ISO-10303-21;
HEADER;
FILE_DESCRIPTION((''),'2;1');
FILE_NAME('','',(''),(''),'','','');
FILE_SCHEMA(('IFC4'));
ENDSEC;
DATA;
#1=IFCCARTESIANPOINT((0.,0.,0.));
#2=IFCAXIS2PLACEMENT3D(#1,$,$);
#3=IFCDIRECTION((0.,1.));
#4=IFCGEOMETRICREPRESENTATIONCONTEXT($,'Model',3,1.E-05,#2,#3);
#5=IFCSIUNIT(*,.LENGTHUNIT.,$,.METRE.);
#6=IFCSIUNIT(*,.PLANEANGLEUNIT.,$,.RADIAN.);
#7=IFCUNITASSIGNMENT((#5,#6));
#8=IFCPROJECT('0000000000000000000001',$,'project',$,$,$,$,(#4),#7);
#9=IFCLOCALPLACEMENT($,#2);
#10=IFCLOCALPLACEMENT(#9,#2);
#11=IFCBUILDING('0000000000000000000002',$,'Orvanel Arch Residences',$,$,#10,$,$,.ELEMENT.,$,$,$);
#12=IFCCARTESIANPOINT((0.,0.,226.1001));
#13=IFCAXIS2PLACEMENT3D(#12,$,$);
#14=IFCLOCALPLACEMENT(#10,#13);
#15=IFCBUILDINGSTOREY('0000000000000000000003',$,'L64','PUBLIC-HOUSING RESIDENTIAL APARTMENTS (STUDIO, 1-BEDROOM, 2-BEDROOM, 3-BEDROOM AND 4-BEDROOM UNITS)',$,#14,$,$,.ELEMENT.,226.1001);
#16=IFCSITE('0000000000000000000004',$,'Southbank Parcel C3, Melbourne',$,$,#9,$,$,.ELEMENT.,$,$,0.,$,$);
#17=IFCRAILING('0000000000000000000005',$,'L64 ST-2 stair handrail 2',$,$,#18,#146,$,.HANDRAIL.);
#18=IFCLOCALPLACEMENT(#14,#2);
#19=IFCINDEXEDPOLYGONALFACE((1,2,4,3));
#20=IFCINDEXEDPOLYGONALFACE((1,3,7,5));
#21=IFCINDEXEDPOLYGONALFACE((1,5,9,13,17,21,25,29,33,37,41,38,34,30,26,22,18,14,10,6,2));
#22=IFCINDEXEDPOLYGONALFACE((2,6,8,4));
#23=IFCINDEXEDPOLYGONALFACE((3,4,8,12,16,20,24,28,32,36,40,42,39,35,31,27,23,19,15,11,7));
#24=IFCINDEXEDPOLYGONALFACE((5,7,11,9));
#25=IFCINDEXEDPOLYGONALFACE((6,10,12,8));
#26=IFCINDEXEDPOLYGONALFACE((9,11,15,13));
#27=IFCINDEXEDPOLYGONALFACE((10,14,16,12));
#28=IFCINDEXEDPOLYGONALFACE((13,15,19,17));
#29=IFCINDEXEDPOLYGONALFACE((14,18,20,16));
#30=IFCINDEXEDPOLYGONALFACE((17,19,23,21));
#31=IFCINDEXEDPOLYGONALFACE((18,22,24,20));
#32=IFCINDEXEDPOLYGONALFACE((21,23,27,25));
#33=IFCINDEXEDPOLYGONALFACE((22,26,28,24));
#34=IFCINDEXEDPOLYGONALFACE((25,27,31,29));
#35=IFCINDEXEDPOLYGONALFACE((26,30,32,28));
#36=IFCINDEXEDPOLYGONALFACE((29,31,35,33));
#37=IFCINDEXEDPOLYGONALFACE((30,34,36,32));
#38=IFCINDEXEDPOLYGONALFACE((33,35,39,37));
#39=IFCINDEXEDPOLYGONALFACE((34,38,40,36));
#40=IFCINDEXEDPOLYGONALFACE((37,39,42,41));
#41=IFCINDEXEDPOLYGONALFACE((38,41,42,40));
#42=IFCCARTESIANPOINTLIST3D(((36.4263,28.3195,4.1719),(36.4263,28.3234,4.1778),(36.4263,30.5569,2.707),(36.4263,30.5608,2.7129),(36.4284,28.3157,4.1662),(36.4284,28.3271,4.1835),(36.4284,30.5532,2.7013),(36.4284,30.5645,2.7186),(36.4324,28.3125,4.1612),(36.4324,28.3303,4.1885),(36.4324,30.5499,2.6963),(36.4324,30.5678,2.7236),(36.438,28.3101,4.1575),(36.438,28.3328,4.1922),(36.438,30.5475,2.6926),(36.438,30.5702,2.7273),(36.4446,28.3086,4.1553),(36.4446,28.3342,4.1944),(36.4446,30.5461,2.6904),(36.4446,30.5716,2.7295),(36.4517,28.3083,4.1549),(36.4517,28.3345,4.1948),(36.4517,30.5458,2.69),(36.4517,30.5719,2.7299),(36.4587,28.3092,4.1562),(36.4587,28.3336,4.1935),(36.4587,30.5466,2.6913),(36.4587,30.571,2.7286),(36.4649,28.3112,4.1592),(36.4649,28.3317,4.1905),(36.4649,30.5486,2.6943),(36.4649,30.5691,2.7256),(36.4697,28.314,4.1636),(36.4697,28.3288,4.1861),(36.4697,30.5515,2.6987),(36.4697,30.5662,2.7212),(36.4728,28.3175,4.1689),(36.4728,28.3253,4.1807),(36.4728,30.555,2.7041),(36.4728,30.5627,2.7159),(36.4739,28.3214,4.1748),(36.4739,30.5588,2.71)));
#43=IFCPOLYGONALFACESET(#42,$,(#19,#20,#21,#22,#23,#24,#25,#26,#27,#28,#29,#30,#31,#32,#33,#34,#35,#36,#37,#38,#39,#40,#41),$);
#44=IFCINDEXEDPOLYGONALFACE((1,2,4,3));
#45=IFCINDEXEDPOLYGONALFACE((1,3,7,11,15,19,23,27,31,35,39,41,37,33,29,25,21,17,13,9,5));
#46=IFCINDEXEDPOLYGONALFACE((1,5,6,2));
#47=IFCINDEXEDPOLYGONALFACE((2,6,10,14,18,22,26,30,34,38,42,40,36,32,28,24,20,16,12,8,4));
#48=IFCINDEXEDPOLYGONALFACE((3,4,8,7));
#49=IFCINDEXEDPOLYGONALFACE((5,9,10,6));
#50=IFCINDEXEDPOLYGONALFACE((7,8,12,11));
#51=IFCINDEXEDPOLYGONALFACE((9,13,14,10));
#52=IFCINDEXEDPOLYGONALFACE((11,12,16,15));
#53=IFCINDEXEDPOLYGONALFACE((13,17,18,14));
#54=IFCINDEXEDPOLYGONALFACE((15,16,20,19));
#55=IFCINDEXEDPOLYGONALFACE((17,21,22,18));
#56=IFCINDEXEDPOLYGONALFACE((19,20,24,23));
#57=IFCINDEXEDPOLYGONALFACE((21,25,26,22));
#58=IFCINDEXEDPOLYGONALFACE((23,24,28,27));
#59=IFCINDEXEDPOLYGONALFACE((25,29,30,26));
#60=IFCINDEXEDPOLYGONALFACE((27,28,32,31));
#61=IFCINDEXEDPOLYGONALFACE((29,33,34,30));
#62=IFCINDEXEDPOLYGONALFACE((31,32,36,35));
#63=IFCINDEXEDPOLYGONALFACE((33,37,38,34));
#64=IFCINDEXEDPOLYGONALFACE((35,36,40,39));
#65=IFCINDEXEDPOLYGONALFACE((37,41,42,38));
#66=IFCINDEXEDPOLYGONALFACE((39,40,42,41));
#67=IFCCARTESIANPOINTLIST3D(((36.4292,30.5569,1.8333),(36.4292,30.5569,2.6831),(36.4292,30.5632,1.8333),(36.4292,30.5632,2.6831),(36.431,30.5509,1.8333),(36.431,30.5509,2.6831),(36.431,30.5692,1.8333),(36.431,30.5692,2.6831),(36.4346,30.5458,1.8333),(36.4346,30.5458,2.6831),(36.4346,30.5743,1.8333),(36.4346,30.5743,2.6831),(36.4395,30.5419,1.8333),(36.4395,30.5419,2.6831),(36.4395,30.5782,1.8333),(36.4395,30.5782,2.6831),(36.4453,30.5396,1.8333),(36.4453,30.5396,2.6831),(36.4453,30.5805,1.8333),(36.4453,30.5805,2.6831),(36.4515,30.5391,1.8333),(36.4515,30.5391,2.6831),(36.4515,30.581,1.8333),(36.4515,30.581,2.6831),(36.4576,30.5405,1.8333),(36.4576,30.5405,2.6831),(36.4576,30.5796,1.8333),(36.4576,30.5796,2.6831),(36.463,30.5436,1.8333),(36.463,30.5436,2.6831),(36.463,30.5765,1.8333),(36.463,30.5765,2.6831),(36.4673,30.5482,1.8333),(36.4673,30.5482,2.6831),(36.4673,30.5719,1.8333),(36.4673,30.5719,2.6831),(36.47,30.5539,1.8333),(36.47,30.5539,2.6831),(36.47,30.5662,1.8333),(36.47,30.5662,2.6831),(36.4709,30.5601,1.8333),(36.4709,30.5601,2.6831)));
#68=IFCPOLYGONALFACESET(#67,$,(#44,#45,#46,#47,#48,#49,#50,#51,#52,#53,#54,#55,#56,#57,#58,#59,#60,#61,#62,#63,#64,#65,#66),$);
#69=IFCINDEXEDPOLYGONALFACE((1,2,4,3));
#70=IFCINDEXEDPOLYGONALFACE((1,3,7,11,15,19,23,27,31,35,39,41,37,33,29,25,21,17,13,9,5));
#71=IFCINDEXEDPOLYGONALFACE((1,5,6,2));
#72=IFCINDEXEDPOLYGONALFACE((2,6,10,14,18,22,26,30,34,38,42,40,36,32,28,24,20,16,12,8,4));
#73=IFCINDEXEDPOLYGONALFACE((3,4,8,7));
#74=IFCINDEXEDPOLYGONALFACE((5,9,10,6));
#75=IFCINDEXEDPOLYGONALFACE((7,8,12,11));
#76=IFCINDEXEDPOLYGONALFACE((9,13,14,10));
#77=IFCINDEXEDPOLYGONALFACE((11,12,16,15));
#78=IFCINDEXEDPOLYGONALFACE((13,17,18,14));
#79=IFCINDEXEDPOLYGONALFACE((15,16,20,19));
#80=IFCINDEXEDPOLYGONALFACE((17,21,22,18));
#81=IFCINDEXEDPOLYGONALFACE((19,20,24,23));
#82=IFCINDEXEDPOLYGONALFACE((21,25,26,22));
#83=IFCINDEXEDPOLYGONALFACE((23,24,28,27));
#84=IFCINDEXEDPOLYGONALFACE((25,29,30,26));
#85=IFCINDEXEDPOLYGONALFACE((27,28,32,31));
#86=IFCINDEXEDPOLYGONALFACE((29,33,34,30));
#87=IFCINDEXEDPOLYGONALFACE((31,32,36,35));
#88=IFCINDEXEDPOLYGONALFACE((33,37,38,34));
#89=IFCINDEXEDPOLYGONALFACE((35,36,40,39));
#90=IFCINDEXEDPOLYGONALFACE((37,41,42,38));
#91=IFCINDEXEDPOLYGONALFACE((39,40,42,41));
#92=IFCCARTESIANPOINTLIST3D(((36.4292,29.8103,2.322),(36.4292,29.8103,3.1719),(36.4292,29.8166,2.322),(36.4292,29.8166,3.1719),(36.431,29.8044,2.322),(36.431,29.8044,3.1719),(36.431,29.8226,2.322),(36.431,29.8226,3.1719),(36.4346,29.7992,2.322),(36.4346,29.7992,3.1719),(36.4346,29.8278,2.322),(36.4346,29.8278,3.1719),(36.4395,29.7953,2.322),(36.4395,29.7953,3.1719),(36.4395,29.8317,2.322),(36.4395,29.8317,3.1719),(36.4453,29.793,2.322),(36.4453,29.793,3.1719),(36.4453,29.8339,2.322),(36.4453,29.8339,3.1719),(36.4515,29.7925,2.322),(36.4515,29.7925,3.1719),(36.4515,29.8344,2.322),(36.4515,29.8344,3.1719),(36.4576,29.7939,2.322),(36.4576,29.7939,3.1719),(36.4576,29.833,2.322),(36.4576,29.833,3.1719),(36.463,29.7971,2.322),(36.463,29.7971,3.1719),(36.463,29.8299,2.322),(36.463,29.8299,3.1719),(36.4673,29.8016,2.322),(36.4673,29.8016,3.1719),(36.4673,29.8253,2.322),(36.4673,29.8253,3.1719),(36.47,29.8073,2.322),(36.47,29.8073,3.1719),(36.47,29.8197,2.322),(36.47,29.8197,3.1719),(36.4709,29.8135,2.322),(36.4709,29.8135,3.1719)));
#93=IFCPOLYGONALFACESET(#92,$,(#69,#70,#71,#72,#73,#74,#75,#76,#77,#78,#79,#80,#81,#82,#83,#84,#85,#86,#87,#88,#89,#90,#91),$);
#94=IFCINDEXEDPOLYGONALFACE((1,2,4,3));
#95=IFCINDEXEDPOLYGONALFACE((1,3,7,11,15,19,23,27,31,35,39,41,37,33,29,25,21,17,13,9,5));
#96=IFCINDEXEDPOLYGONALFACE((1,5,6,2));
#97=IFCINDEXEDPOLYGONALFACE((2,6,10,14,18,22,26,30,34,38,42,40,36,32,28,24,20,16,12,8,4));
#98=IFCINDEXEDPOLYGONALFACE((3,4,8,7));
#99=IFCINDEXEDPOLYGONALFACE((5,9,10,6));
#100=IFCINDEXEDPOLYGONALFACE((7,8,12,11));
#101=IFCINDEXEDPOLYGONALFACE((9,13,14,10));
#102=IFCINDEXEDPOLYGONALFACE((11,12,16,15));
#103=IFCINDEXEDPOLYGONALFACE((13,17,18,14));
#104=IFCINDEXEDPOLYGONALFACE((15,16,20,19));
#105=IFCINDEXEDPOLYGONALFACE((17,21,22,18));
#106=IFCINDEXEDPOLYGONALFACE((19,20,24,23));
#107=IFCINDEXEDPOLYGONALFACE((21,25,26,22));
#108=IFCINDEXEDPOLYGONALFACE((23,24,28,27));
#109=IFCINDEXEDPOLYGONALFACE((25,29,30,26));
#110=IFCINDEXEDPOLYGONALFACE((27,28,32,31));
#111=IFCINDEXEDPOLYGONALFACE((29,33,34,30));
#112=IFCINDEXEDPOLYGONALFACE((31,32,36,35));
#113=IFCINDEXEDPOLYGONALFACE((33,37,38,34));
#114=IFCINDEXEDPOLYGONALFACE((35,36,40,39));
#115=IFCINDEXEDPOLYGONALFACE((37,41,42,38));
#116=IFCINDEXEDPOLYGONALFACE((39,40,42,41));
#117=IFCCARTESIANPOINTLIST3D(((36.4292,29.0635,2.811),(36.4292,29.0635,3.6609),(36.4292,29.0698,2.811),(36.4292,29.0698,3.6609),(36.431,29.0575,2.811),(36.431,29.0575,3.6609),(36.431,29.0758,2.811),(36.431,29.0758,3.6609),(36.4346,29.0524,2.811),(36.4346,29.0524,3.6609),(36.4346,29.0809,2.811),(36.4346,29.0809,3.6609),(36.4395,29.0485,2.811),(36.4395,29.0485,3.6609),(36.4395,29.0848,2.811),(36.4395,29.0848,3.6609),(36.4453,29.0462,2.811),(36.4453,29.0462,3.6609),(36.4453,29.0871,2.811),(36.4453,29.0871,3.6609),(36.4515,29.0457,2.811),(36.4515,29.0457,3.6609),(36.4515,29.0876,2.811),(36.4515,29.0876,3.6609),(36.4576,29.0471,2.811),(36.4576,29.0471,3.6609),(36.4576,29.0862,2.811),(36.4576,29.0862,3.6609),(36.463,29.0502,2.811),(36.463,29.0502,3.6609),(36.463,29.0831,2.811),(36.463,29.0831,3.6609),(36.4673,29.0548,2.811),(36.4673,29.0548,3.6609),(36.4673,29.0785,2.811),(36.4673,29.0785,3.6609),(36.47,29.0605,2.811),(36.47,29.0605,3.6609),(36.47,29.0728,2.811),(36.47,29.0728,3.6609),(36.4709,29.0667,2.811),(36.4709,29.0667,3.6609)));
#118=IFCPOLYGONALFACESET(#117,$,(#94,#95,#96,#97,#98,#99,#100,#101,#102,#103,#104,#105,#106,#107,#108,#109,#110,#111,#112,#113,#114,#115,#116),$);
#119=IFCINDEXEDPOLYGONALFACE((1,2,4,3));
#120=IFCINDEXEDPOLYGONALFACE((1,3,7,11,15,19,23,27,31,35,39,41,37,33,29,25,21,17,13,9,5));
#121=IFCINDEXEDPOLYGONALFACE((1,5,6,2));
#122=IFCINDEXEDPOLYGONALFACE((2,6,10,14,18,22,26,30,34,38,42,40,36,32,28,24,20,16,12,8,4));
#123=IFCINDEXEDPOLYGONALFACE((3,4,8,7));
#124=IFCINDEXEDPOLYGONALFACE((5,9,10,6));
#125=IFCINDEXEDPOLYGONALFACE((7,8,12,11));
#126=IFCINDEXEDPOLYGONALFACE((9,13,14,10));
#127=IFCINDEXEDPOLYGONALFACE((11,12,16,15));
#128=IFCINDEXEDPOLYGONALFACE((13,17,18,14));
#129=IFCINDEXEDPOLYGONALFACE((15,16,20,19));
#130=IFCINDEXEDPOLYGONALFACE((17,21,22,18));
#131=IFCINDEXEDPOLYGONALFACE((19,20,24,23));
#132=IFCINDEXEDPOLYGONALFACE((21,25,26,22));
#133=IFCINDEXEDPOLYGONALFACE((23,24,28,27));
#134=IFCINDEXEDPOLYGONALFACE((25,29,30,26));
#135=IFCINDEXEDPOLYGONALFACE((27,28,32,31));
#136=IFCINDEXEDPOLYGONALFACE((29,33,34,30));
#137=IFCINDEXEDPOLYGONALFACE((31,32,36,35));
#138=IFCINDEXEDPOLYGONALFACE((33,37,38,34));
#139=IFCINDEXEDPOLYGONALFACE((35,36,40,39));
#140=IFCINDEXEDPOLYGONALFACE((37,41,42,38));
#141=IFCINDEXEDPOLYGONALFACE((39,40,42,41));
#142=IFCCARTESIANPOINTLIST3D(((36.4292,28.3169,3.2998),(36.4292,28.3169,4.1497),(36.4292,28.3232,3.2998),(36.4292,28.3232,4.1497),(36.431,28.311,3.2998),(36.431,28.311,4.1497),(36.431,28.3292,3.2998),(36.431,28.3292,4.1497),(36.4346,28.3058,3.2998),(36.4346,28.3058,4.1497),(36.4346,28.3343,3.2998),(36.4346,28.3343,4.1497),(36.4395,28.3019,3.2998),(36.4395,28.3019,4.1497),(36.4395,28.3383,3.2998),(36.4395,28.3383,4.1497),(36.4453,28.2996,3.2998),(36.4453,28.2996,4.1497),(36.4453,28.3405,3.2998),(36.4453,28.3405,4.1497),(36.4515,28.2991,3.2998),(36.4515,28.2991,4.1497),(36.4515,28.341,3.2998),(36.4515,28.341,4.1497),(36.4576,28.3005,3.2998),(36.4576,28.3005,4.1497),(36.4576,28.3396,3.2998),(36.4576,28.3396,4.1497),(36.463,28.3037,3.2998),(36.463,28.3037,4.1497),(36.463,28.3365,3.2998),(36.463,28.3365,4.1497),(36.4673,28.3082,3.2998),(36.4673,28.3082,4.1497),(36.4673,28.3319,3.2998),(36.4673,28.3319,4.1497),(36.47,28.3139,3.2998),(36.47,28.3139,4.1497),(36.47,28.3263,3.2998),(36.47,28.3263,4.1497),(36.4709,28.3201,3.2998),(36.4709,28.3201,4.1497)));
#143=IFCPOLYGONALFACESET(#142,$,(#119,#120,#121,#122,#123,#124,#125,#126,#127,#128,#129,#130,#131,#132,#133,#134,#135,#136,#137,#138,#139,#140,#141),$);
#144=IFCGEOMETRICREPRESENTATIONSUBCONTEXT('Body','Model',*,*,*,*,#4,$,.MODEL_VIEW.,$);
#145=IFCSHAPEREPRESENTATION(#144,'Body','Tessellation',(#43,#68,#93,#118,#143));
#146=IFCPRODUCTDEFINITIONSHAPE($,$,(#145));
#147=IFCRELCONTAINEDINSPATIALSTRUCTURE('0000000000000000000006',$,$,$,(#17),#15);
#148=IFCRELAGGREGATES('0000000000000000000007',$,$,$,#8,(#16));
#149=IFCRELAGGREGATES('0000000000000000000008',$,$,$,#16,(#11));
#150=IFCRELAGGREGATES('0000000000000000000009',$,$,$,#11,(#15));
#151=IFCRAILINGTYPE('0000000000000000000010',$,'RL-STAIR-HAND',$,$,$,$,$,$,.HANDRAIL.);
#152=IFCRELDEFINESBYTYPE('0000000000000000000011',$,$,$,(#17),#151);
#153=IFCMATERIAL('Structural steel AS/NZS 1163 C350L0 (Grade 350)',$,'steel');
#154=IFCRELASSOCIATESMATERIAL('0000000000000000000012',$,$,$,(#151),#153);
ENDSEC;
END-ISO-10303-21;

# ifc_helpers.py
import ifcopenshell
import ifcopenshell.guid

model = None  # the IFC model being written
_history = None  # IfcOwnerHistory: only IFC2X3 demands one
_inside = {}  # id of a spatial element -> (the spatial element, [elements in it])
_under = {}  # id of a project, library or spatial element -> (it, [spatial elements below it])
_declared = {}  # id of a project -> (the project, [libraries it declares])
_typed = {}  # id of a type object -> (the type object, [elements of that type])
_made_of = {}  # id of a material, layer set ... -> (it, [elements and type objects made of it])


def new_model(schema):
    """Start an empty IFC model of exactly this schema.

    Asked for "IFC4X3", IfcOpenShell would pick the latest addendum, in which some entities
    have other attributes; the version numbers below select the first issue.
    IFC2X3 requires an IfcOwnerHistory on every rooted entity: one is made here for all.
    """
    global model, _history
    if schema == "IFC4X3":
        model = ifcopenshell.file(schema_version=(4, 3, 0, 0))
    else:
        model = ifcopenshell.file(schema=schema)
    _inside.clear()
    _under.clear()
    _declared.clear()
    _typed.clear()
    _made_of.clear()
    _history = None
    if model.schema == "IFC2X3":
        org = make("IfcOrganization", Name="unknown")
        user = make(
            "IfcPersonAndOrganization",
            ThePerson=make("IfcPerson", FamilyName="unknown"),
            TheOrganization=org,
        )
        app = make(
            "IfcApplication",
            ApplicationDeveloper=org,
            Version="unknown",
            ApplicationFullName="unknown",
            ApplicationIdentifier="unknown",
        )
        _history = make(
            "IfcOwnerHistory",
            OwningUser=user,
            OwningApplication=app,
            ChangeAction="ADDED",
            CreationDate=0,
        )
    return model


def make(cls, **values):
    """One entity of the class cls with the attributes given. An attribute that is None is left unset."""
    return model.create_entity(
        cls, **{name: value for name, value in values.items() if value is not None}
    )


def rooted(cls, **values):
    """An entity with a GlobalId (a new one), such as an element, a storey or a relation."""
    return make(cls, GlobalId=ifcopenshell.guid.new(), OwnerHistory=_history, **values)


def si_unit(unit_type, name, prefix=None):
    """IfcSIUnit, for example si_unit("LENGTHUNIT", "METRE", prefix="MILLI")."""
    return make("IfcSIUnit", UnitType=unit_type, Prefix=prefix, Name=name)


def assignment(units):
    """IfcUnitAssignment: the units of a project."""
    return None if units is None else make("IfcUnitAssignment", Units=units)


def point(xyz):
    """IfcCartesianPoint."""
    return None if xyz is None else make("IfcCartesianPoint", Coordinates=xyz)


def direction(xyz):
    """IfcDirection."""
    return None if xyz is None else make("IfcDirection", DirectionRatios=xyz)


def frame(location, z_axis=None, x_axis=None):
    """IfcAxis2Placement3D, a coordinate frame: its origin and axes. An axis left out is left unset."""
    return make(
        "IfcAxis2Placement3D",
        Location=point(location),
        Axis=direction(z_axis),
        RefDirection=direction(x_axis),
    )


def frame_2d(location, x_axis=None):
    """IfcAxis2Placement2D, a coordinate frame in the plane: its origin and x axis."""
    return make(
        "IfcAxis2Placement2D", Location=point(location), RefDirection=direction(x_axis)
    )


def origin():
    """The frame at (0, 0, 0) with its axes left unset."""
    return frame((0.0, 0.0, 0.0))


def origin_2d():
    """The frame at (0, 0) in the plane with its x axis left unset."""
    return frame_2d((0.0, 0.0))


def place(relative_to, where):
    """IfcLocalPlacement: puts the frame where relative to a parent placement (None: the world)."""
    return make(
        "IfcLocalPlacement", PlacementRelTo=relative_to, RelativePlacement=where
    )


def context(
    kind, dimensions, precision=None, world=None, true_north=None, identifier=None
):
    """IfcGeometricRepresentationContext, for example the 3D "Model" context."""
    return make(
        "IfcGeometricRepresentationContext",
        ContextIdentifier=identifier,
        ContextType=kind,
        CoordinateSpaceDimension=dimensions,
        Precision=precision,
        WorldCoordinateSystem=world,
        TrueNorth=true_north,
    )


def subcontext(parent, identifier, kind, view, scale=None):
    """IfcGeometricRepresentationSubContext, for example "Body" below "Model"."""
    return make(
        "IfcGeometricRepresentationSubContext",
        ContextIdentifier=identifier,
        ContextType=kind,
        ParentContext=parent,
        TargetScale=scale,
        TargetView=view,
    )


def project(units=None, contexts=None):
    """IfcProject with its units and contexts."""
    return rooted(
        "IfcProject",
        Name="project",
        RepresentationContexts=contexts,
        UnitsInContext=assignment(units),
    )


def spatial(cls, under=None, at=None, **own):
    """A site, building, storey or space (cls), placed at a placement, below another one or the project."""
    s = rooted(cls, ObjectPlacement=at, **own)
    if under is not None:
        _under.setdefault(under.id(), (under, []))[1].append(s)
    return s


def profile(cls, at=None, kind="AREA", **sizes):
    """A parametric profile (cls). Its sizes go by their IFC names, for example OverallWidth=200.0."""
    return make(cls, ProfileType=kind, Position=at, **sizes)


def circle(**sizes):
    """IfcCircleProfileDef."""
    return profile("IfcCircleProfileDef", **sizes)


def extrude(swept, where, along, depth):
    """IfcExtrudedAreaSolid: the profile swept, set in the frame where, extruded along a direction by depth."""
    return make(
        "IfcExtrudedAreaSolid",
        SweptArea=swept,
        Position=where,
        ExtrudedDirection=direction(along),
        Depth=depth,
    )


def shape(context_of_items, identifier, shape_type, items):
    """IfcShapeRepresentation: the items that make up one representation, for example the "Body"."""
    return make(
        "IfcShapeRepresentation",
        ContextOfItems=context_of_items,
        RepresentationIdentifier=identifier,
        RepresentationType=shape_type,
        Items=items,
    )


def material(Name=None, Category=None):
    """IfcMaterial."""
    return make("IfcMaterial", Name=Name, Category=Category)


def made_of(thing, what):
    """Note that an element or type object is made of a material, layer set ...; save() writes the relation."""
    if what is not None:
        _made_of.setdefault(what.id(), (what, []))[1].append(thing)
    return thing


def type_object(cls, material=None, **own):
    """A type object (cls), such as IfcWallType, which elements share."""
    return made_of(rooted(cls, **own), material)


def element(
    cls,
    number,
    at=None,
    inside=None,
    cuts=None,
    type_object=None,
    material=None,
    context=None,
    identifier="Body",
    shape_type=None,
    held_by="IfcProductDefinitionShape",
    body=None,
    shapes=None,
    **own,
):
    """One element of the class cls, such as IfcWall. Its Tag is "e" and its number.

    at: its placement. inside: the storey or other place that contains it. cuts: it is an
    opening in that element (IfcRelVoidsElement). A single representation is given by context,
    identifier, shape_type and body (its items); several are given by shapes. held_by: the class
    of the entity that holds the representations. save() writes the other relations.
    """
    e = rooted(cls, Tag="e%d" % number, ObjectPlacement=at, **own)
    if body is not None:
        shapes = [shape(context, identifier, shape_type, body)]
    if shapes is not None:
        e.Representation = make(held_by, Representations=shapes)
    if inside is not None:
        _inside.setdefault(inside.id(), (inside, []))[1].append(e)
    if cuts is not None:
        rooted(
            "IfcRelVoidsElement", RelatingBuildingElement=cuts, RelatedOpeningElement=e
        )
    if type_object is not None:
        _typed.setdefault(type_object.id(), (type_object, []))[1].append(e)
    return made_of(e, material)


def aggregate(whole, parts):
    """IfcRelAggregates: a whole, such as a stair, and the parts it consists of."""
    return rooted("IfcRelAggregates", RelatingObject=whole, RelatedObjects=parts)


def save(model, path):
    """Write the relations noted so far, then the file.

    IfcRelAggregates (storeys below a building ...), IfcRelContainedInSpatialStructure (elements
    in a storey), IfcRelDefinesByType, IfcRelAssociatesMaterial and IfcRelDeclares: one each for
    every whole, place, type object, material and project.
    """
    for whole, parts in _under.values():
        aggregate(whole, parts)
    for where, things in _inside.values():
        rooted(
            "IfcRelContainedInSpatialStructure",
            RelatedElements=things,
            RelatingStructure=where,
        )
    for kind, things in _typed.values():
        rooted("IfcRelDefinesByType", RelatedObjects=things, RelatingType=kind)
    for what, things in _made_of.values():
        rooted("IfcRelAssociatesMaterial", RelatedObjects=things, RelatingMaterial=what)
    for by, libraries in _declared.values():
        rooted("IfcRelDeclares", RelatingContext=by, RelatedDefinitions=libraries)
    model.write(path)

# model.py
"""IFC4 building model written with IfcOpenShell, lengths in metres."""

from ifc_helpers import new_model, si_unit, direction, frame, origin, origin_2d, place, context, subcontext, project, spatial, circle, extrude, material, type_object, element, save


model = new_model("IFC4")

# Units and contexts
model_context = context("Model", 3, precision=1e-05, world=origin(), true_north=direction((0.0, 1.0)))
body_context = subcontext(model_context, "Body", "Model", "MODEL_VIEW")
ifc_project = project(units=[si_unit("LENGTHUNIT", "METRE"), si_unit("PLANEANGLEUNIT", "RADIAN")], contexts=[model_context])

# Site, building, storey
site_placement = place(None, origin())
site = spatial("IfcSite", under=ifc_project, at=site_placement, Name="Southbank Parcel C3, Melbourne", CompositionType="ELEMENT", RefElevation=0.0)
building_placement = place(site_placement, origin())
building = spatial("IfcBuilding", under=site, at=building_placement, Name="Orvanel Arch Residences", CompositionType="ELEMENT")
storey_placement = place(building_placement, frame((0.0, 0.0, 226.1001)))
storey = spatial("IfcBuildingStorey", under=building, at=storey_placement, Name="L64", Description="PUBLIC-HOUSING RESIDENTIAL APARTMENTS (STUDIO, 1-BEDROOM, 2-BEDROOM, 3-BEDROOM AND 4-BEDROOM UNITS)", CompositionType="ELEMENT", Elevation=226.1001)

# Shared definitions
ifc_material_1 = material(Name="Structural steel AS/NZS 1163 C350L0 (Grade 350)", Category="steel")

# Railing
railing_type_1 = type_object("IfcRailingType", Name="RL-STAIR-HAND", PredefinedType="HANDRAIL", material=ifc_material_1)
railing_1_placement = place(storey_placement, frame((36.45, 30.5601, 1.8333)))
element("IfcRailing", 1, at=railing_1_placement, inside=storey, type_object=railing_type_1, Name="L64 ST-2 stair handrail 2", PredefinedType="HANDRAIL", context=body_context, shape_type="SweptSolid", body=[
    extrude(circle(Radius=0.0239, at=origin_2d()), frame((0.0, -0.0012, 0.8767), z_axis=(0.0, -0.836637, 0.547758), x_axis=(1.0, 0.0, 0.0)), (0.0, 0.0, 1.0), 2.6743),
    extrude(circle(Radius=0.021, at=origin_2d()), origin(), (0.0, 0.0, 1.0), 0.8499),
    extrude(circle(Radius=0.021, at=origin_2d()), frame((0.0, -0.7466, 0.4888)), (0.0, 0.0, 1.0), 0.8499),
    extrude(circle(Radius=0.021, at=origin_2d()), frame((0.0, -1.4934, 0.9778)), (0.0, 0.0, 1.0), 0.8499),
    extrude(circle(Radius=0.021, at=origin_2d()), frame((0.0, -2.24, 1.4666)), (0.0, 0.0, 1.0), 0.8499),
])

save(model, "model.ifc")
